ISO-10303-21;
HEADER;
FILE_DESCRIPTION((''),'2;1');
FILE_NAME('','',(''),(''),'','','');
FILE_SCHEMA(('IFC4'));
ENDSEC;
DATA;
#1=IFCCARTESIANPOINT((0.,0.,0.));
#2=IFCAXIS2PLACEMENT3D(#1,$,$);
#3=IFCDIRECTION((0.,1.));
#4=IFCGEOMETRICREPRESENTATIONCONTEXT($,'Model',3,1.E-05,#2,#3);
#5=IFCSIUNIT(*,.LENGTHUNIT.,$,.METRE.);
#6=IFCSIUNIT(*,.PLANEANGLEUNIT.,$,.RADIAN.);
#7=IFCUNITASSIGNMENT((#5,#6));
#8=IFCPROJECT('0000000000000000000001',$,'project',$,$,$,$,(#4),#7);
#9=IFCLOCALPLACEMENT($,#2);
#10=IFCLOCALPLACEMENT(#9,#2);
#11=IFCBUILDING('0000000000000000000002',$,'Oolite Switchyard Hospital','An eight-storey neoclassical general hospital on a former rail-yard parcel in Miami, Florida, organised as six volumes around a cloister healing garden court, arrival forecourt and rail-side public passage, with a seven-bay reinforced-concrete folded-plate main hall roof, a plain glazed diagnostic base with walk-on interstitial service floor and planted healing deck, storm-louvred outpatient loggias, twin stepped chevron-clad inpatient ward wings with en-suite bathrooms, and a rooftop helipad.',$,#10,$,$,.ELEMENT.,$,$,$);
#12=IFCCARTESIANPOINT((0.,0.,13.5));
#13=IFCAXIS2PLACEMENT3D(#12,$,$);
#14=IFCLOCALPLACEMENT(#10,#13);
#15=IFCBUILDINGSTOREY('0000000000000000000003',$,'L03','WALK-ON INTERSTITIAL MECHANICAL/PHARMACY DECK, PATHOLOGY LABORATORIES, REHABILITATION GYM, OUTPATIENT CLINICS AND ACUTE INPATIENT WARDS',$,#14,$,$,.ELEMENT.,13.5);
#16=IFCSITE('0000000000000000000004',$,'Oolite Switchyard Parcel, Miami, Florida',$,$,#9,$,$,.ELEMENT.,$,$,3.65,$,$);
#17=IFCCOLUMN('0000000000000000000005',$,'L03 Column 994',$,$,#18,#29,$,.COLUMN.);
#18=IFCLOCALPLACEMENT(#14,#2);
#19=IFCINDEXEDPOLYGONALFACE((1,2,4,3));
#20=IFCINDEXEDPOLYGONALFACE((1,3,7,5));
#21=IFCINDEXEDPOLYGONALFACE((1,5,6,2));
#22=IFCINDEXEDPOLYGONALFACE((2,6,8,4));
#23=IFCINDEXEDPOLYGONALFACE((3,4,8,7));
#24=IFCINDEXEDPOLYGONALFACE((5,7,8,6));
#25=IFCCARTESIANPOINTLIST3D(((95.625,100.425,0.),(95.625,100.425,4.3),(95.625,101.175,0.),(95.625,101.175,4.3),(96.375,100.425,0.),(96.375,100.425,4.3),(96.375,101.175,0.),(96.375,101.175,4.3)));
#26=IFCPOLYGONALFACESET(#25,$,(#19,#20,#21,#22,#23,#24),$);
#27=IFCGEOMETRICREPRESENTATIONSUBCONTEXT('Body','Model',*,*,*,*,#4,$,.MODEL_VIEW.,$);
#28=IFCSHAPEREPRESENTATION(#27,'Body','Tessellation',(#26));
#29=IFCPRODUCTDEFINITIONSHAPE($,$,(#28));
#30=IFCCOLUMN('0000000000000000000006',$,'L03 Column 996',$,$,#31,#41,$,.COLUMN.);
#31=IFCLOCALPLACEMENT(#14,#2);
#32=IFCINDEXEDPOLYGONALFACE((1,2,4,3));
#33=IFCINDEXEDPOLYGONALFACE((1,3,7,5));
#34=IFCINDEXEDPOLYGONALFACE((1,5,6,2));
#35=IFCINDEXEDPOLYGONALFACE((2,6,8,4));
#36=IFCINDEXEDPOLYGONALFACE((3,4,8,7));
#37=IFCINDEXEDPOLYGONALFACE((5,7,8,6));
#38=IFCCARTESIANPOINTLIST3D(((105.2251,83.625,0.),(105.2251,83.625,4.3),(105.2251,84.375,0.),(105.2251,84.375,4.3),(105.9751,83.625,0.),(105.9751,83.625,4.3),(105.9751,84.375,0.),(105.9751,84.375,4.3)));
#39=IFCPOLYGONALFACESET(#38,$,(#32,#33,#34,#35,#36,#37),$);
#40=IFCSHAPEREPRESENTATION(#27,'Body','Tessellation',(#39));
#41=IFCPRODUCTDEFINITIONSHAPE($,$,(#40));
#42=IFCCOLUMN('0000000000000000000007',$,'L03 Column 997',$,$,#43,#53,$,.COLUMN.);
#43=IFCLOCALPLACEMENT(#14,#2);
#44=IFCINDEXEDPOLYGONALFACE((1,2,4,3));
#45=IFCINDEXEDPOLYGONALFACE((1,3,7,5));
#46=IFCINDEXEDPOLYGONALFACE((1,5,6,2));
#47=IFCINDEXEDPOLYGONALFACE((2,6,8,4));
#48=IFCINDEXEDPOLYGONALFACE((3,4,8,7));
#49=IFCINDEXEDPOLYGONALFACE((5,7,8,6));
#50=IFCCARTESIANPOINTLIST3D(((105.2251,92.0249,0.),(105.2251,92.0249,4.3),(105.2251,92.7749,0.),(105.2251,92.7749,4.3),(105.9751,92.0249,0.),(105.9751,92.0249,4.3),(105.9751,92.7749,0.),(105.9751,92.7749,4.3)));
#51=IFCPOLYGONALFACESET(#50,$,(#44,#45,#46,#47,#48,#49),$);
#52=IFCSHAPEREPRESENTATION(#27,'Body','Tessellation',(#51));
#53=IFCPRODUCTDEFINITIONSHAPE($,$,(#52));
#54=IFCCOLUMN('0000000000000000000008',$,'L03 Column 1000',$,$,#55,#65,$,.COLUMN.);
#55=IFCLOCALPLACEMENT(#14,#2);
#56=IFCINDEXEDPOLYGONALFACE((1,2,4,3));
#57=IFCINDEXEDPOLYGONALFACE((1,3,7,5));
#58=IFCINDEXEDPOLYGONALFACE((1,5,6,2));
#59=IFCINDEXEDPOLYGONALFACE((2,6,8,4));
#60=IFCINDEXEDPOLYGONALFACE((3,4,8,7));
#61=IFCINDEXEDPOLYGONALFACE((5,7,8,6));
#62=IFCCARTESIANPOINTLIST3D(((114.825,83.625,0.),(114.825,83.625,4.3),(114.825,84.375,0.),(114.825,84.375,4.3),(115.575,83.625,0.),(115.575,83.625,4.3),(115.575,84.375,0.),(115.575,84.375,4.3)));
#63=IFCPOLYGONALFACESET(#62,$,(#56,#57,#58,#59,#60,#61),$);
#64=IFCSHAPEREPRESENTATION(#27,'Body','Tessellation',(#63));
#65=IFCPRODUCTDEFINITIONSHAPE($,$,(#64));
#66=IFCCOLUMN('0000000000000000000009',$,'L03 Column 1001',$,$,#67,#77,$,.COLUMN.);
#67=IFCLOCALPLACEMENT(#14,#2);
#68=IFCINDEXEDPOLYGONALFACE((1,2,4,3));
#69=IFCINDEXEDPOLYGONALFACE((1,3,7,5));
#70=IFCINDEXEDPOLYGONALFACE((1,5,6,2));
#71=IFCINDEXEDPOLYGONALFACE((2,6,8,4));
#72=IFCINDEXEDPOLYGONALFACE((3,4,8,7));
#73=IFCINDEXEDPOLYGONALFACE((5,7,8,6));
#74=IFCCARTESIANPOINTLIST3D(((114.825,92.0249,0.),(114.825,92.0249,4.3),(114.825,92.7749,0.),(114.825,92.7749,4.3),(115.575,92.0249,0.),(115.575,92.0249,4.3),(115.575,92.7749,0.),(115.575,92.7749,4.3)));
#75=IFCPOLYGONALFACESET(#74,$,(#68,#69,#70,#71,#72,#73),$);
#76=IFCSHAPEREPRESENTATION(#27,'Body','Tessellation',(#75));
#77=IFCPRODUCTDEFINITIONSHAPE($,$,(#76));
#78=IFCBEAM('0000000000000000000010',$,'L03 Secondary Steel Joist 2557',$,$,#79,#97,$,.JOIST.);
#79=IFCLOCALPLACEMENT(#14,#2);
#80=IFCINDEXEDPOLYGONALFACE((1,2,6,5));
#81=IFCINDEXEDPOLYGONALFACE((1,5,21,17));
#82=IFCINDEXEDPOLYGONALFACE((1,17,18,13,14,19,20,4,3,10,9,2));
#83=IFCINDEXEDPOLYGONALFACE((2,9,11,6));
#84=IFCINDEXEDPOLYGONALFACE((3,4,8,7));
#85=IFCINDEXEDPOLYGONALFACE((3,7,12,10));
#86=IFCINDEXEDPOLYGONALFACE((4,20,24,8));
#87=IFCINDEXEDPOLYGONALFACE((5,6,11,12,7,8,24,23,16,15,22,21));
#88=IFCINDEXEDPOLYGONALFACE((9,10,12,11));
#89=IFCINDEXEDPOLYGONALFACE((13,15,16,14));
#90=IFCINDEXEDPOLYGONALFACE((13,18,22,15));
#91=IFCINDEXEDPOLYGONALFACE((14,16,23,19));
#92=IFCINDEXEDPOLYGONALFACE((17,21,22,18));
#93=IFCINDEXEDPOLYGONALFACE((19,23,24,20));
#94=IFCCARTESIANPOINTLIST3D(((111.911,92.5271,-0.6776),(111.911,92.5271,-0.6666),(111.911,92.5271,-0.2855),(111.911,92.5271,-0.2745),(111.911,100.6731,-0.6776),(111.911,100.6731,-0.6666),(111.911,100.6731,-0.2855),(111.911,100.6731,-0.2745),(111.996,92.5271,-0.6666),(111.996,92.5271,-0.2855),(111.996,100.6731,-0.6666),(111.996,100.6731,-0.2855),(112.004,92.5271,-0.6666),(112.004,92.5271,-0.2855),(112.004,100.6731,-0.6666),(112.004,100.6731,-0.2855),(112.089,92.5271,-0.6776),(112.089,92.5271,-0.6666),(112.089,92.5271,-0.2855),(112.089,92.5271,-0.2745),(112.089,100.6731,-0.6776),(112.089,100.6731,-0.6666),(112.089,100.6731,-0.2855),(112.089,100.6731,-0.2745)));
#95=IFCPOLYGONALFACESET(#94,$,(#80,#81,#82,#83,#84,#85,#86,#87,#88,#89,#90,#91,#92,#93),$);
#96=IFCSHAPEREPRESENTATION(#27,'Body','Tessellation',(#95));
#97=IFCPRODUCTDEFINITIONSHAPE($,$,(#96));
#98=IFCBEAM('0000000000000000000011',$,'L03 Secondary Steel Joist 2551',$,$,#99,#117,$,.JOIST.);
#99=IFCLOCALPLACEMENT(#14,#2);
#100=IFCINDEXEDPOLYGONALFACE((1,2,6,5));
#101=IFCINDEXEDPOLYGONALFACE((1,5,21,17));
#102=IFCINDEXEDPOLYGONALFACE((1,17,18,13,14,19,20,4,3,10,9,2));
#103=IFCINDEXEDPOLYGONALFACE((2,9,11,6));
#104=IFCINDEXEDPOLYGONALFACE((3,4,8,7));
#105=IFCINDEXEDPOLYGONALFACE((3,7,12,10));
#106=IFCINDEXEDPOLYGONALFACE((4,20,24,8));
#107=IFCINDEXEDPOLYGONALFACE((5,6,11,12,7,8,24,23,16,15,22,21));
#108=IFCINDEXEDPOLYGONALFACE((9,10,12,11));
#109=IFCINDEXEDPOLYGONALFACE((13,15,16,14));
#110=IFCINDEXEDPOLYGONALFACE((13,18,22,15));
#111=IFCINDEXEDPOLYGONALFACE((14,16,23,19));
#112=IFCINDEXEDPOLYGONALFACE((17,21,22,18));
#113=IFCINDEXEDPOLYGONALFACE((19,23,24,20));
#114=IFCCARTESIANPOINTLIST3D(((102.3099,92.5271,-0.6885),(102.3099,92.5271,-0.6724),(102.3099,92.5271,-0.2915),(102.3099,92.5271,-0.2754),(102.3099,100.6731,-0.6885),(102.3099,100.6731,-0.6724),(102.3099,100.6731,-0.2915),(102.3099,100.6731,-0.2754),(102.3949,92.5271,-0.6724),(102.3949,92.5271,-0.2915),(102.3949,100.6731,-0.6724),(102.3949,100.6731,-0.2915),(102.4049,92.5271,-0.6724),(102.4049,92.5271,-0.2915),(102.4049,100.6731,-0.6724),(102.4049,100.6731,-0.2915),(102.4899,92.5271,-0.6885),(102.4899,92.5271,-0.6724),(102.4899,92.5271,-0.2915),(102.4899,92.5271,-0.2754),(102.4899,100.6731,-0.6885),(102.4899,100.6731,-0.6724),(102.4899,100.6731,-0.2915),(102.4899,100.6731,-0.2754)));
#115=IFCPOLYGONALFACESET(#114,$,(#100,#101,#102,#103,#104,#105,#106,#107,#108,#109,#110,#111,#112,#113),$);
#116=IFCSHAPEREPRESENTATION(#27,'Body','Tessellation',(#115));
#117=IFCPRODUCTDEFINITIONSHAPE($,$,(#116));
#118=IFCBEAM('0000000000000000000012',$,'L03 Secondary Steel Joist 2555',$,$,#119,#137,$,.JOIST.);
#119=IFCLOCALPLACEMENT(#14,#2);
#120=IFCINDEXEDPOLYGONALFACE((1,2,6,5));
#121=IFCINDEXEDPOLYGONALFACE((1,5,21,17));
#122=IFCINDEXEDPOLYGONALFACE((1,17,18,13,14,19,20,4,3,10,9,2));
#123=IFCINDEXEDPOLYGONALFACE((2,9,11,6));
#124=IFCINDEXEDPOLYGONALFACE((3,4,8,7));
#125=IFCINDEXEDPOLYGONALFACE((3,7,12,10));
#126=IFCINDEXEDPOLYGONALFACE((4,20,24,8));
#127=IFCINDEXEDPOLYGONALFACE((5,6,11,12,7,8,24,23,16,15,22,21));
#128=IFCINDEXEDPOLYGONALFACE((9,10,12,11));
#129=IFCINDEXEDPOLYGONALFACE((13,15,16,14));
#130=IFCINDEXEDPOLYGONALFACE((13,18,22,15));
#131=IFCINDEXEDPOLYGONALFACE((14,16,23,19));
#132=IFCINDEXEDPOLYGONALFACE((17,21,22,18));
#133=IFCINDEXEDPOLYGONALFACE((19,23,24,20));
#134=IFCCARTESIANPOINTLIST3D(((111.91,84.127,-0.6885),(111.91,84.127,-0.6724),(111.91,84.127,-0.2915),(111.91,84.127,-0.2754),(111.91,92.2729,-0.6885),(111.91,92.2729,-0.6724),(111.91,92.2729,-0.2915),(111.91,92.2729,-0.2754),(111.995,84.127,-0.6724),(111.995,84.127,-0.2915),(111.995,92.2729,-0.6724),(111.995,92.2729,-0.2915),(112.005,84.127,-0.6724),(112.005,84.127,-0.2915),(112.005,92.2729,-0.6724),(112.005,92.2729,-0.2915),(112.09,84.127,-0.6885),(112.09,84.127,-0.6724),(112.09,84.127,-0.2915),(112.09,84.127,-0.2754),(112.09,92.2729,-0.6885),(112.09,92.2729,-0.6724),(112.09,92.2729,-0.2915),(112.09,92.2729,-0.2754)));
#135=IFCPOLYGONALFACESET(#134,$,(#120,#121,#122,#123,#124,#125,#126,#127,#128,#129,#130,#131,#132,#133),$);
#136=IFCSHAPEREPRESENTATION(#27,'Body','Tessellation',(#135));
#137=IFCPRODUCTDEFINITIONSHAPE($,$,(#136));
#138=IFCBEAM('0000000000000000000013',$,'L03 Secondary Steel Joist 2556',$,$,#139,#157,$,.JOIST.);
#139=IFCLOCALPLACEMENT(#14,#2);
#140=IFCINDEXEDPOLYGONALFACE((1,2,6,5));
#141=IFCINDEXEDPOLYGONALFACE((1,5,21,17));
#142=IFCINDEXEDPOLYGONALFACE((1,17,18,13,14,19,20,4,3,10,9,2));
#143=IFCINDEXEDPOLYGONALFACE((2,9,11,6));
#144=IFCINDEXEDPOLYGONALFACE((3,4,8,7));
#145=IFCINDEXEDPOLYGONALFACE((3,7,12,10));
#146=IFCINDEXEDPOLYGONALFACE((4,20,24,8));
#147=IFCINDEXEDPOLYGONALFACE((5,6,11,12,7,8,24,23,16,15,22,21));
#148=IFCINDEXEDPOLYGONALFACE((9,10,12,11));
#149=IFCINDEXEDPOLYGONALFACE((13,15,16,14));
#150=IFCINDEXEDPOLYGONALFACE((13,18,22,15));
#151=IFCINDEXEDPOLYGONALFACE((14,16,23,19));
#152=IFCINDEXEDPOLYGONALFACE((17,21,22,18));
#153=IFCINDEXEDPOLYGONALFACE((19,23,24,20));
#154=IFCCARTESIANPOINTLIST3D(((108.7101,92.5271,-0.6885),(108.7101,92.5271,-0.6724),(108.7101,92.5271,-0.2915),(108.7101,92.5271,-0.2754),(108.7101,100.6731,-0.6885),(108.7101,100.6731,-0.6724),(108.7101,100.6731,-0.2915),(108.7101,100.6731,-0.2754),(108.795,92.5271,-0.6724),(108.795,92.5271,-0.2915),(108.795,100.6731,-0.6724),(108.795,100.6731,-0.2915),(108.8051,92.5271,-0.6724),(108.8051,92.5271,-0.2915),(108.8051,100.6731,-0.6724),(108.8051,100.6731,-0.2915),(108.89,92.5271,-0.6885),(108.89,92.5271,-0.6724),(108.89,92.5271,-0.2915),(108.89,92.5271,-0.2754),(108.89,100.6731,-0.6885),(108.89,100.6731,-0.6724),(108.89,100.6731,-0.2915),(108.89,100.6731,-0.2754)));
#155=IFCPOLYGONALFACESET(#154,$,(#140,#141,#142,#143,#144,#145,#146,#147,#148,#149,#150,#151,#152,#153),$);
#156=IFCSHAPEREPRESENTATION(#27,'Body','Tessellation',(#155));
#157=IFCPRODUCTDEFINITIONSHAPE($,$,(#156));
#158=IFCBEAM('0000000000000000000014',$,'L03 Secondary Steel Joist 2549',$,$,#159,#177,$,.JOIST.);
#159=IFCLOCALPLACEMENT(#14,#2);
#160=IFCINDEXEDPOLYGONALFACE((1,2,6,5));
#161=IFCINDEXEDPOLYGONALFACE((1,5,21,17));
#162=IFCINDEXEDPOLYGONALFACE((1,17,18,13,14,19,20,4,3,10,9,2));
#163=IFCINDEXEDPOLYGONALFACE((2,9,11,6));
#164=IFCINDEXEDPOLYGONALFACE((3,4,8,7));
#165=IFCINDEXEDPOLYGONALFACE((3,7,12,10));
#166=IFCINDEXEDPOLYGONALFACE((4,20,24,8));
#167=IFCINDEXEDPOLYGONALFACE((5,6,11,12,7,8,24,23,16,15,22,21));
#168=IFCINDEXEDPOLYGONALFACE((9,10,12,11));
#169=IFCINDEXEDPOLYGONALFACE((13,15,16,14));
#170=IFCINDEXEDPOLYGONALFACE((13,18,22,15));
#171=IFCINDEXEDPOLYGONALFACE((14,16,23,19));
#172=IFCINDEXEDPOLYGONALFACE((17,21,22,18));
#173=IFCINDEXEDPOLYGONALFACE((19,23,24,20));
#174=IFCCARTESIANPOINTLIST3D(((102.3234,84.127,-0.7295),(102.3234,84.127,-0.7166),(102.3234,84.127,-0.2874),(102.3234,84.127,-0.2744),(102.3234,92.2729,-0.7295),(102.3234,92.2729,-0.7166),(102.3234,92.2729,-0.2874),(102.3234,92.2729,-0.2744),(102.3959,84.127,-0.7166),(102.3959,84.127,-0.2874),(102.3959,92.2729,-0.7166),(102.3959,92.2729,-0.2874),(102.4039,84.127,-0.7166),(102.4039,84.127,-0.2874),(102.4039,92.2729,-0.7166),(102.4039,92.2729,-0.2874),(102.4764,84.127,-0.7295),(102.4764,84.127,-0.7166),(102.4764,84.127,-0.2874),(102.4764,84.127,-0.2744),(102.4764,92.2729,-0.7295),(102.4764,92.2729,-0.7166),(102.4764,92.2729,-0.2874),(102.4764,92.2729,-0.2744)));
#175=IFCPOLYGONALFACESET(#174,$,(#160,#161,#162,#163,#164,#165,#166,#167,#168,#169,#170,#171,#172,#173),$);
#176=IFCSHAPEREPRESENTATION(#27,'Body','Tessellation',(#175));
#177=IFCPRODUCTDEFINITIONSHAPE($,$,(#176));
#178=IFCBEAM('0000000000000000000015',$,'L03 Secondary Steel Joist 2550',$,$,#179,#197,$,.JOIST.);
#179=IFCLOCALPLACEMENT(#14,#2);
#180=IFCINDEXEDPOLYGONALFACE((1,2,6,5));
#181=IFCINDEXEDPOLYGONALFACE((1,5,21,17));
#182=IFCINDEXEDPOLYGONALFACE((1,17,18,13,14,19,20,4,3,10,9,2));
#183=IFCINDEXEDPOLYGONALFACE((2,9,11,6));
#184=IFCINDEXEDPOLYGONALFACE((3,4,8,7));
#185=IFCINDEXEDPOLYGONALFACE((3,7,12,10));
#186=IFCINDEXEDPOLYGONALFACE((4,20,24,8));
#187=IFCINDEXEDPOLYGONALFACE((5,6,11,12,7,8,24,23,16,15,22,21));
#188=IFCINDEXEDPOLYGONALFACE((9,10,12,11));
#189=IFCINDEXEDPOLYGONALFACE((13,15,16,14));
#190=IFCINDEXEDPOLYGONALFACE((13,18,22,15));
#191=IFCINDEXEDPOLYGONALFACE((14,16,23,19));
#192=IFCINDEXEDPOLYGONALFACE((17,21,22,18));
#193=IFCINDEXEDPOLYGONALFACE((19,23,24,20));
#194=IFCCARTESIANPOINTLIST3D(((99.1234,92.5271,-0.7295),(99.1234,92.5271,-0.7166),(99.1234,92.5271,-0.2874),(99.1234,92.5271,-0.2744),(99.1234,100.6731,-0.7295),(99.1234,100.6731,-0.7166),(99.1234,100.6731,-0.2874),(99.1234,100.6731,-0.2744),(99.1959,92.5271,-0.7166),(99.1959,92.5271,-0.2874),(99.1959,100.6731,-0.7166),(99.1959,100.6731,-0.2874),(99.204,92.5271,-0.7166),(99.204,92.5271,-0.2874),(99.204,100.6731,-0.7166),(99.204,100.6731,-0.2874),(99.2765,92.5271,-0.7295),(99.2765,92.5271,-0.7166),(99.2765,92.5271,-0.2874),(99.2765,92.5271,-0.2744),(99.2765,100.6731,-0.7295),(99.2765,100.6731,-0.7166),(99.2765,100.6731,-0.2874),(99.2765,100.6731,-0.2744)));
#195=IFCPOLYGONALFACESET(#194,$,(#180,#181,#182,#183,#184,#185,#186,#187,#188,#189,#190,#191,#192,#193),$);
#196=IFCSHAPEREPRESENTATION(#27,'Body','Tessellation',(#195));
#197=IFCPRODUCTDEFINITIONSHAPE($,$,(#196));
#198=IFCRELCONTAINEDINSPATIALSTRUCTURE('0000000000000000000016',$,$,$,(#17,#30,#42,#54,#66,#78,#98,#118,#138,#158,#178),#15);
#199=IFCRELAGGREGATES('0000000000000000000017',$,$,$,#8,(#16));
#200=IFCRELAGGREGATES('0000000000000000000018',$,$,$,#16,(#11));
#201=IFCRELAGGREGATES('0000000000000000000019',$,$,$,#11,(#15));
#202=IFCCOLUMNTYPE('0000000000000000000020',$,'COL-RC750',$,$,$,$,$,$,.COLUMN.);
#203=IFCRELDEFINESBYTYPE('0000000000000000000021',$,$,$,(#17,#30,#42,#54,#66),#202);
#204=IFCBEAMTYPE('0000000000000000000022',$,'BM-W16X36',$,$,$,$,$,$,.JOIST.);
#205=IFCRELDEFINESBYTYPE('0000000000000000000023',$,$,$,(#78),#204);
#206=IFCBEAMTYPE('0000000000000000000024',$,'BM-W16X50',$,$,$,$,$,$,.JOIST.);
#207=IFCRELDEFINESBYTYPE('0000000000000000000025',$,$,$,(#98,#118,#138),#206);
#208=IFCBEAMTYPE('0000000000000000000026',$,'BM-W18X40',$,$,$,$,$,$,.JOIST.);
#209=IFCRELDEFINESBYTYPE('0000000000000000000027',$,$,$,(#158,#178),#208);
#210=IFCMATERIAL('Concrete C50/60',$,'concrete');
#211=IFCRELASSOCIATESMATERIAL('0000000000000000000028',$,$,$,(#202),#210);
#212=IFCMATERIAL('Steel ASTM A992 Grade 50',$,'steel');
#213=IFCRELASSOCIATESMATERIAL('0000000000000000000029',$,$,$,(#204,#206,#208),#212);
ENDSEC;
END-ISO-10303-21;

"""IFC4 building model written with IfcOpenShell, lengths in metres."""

from ifc_helpers import new_model, si_unit, direction, frame, origin, origin_2d, place, context, subcontext, project, spatial, rectangle, i_section, extrude, material, material_profile, profile_set, type_object, element, save


model = new_model("IFC4")

# Units and contexts
model_context = context("Model", 3, precision=1e-05, world=origin(), true_north=direction((0.0, 1.0)))
body_context = subcontext(model_context, "Body", "Model", "MODEL_VIEW")
ifc_project = project(units=[si_unit("LENGTHUNIT", "METRE"), si_unit("PLANEANGLEUNIT", "RADIAN")], contexts=[model_context])

# Site, building, storey
site_placement = place(None, origin())
site = spatial("IfcSite", under=ifc_project, at=site_placement, Name="Oolite Switchyard Parcel, Miami, Florida", CompositionType="ELEMENT", RefElevation=3.65)
building_placement = place(site_placement, origin())
building = spatial("IfcBuilding", under=site, at=building_placement, Name="Oolite Switchyard Hospital", Description="An eight-storey neoclassical general hospital on a former rail-yard parcel in Miami, Florida, organised as six volumes around a cloister healing garden court, arrival forecourt and rail-side public passage, with a seven-bay reinforced-concrete folded-plate main hall roof, a plain glazed diagnostic base with walk-on interstitial service floor and planted healing deck, storm-louvred outpatient loggias, twin stepped chevron-clad inpatient ward wings with en-suite bathrooms, and a rooftop helipad.", CompositionType="ELEMENT")
storey_placement = place(building_placement, frame((0.0, 0.0, 13.5)))
storey = spatial("IfcBuildingStorey", under=building, at=storey_placement, Name="L03", Description="WALK-ON INTERSTITIAL MECHANICAL/PHARMACY DECK, PATHOLOGY LABORATORIES, REHABILITATION GYM, OUTPATIENT CLINICS AND ACUTE INPATIENT WARDS", CompositionType="ELEMENT", Elevation=13.5)

# Columns
ifc_material_1 = material(Name="Concrete C50/60", Category="concrete")
ifc_material_profile_1 = material_profile(ifc_material_1, rectangle(XDim=0.75, YDim=0.75, at=origin_2d()), Name="RC750X750")
ifc_profile_set_1 = profile_set([ifc_material_profile_1], Name="Concrete C50/60")
column_type = type_object("IfcColumnType", Name="COL-RC750", PredefinedType="COLUMN", material=ifc_profile_set_1)
for number, where, z_axis, x_axis, name in (
    (1, (96.0, 100.8, 0.0), (0.0, 0.0, 1.0), (1.0, 0.0, 0.0), "L03 Column 994"),
    (2, (105.6001, 84.0, 0.0), (0.0, 0.0, 1.0), (1.0, 0.0, 0.0), "L03 Column 996"),
    (3, (105.6001, 92.3999, 0.0), (0.0, 0.0, 1.0), (1.0, 0.0, 0.0), "L03 Column 997"),
    (4, (115.2, 84.0, 0.0), (0.0, 0.0, 1.0), (1.0, 0.0, 0.0), "L03 Column 1000"),
    (5, (115.2, 92.3999, 0.0), (0.0, 0.0, 1.0), (1.0, 0.0, 0.0), "L03 Column 1001"),
):
    element("IfcColumn", number, at=place(storey_placement, frame(where, z_axis=z_axis, x_axis=x_axis)), inside=storey, type_object=column_type, Name=name, PredefinedType="COLUMN", context=body_context, shape_type="SweptSolid", body=[
        extrude(rectangle(XDim=0.75, YDim=0.75, at=origin_2d()), origin(), (0.0, 0.0, 1.0), 4.3),
    ])

# Beams
ifc_material_2 = material(Name="Steel ASTM A992 Grade 50", Category="steel")
ifc_material_profile_2 = material_profile(ifc_material_2, i_section(OverallWidth=0.178, OverallDepth=0.4031, WebThickness=0.0081, FlangeThickness=0.011, at=origin_2d()), Name="W16X36")
ifc_profile_set_2 = profile_set([ifc_material_profile_2], Name="Steel ASTM A992 Grade 50")
beam_type_1 = type_object("IfcBeamType", Name="BM-W16X36", PredefinedType="JOIST", material=ifc_profile_set_2)
beam_1_placement = place(storey_placement, frame((112.0, 92.5271, -0.4761), z_axis=(0.0, 1.0, 0.0), x_axis=(-1.0, 0.0, 0.0)))
element("IfcBeam", 6, at=beam_1_placement, inside=storey, type_object=beam_type_1, Name="L03 Secondary Steel Joist 2557", PredefinedType="JOIST", context=body_context, shape_type="SweptSolid", body=[
    extrude(i_section(OverallWidth=0.178, OverallDepth=0.4031, WebThickness=0.0081, FlangeThickness=0.011, at=origin_2d()), origin(), (0.0, 0.0, 1.0), 8.146),
])
ifc_material_profile_3 = material_profile(ifc_material_2, i_section(OverallWidth=0.1799, OverallDepth=0.4131, WebThickness=0.01, FlangeThickness=0.0161, at=origin_2d()), Name="W16X50")
ifc_profile_set_3 = profile_set([ifc_material_profile_3], Name="Steel ASTM A992 Grade 50")
beam_type_2 = type_object("IfcBeamType", Name="BM-W16X50", PredefinedType="JOIST", material=ifc_profile_set_3)
for number, where, z_axis, x_axis, name in (
    (7, (102.3999, 92.5271, -0.4819), (0.0, 1.0, 0.0), (-1.0, 0.0, 0.0), "L03 Secondary Steel Joist 2551"),
    (8, (112.0, 84.127, -0.4819), (0.0, 1.0, 0.0), (-1.0, 0.0, 0.0), "L03 Secondary Steel Joist 2555"),
    (9, (108.8, 92.5271, -0.4819), (0.0, 1.0, 0.0), (-1.0, 0.0, 0.0), "L03 Secondary Steel Joist 2556"),
):
    element("IfcBeam", number, at=place(storey_placement, frame(where, z_axis=z_axis, x_axis=x_axis)), inside=storey, type_object=beam_type_2, Name=name, PredefinedType="JOIST", context=body_context, shape_type="SweptSolid", body=[
        extrude(i_section(OverallWidth=0.1799, OverallDepth=0.4131, WebThickness=0.01, FlangeThickness=0.0161, at=origin_2d()), origin(), (0.0, 0.0, 1.0), 8.146),
    ])
ifc_material_profile_4 = material_profile(ifc_material_2, i_section(OverallWidth=0.1531, OverallDepth=0.4551, WebThickness=0.0081, FlangeThickness=0.0129, at=origin_2d()), Name="W18X40")
ifc_profile_set_4 = profile_set([ifc_material_profile_4], Name="Steel ASTM A992 Grade 50")
beam_type_3 = type_object("IfcBeamType", Name="BM-W18X40", PredefinedType="JOIST", material=ifc_profile_set_4)
for number, where, z_axis, x_axis, name in (
    (10, (102.3999, 84.127, -0.502), (0.0, 1.0, 0.0), (-1.0, 0.0, 0.0), "L03 Secondary Steel Joist 2549"),
    (11, (99.2, 92.5271, -0.502), (0.0, 1.0, 0.0), (-1.0, 0.0, 0.0), "L03 Secondary Steel Joist 2550"),
):
    element("IfcBeam", number, at=place(storey_placement, frame(where, z_axis=z_axis, x_axis=x_axis)), inside=storey, type_object=beam_type_3, Name=name, PredefinedType="JOIST", context=body_context, shape_type="SweptSolid", body=[
        extrude(i_section(OverallWidth=0.1531, OverallDepth=0.4551, WebThickness=0.0081, FlangeThickness=0.0129, at=origin_2d()), origin(), (0.0, 0.0, 1.0), 8.146),
    ])

save(model, "model.ifc")
